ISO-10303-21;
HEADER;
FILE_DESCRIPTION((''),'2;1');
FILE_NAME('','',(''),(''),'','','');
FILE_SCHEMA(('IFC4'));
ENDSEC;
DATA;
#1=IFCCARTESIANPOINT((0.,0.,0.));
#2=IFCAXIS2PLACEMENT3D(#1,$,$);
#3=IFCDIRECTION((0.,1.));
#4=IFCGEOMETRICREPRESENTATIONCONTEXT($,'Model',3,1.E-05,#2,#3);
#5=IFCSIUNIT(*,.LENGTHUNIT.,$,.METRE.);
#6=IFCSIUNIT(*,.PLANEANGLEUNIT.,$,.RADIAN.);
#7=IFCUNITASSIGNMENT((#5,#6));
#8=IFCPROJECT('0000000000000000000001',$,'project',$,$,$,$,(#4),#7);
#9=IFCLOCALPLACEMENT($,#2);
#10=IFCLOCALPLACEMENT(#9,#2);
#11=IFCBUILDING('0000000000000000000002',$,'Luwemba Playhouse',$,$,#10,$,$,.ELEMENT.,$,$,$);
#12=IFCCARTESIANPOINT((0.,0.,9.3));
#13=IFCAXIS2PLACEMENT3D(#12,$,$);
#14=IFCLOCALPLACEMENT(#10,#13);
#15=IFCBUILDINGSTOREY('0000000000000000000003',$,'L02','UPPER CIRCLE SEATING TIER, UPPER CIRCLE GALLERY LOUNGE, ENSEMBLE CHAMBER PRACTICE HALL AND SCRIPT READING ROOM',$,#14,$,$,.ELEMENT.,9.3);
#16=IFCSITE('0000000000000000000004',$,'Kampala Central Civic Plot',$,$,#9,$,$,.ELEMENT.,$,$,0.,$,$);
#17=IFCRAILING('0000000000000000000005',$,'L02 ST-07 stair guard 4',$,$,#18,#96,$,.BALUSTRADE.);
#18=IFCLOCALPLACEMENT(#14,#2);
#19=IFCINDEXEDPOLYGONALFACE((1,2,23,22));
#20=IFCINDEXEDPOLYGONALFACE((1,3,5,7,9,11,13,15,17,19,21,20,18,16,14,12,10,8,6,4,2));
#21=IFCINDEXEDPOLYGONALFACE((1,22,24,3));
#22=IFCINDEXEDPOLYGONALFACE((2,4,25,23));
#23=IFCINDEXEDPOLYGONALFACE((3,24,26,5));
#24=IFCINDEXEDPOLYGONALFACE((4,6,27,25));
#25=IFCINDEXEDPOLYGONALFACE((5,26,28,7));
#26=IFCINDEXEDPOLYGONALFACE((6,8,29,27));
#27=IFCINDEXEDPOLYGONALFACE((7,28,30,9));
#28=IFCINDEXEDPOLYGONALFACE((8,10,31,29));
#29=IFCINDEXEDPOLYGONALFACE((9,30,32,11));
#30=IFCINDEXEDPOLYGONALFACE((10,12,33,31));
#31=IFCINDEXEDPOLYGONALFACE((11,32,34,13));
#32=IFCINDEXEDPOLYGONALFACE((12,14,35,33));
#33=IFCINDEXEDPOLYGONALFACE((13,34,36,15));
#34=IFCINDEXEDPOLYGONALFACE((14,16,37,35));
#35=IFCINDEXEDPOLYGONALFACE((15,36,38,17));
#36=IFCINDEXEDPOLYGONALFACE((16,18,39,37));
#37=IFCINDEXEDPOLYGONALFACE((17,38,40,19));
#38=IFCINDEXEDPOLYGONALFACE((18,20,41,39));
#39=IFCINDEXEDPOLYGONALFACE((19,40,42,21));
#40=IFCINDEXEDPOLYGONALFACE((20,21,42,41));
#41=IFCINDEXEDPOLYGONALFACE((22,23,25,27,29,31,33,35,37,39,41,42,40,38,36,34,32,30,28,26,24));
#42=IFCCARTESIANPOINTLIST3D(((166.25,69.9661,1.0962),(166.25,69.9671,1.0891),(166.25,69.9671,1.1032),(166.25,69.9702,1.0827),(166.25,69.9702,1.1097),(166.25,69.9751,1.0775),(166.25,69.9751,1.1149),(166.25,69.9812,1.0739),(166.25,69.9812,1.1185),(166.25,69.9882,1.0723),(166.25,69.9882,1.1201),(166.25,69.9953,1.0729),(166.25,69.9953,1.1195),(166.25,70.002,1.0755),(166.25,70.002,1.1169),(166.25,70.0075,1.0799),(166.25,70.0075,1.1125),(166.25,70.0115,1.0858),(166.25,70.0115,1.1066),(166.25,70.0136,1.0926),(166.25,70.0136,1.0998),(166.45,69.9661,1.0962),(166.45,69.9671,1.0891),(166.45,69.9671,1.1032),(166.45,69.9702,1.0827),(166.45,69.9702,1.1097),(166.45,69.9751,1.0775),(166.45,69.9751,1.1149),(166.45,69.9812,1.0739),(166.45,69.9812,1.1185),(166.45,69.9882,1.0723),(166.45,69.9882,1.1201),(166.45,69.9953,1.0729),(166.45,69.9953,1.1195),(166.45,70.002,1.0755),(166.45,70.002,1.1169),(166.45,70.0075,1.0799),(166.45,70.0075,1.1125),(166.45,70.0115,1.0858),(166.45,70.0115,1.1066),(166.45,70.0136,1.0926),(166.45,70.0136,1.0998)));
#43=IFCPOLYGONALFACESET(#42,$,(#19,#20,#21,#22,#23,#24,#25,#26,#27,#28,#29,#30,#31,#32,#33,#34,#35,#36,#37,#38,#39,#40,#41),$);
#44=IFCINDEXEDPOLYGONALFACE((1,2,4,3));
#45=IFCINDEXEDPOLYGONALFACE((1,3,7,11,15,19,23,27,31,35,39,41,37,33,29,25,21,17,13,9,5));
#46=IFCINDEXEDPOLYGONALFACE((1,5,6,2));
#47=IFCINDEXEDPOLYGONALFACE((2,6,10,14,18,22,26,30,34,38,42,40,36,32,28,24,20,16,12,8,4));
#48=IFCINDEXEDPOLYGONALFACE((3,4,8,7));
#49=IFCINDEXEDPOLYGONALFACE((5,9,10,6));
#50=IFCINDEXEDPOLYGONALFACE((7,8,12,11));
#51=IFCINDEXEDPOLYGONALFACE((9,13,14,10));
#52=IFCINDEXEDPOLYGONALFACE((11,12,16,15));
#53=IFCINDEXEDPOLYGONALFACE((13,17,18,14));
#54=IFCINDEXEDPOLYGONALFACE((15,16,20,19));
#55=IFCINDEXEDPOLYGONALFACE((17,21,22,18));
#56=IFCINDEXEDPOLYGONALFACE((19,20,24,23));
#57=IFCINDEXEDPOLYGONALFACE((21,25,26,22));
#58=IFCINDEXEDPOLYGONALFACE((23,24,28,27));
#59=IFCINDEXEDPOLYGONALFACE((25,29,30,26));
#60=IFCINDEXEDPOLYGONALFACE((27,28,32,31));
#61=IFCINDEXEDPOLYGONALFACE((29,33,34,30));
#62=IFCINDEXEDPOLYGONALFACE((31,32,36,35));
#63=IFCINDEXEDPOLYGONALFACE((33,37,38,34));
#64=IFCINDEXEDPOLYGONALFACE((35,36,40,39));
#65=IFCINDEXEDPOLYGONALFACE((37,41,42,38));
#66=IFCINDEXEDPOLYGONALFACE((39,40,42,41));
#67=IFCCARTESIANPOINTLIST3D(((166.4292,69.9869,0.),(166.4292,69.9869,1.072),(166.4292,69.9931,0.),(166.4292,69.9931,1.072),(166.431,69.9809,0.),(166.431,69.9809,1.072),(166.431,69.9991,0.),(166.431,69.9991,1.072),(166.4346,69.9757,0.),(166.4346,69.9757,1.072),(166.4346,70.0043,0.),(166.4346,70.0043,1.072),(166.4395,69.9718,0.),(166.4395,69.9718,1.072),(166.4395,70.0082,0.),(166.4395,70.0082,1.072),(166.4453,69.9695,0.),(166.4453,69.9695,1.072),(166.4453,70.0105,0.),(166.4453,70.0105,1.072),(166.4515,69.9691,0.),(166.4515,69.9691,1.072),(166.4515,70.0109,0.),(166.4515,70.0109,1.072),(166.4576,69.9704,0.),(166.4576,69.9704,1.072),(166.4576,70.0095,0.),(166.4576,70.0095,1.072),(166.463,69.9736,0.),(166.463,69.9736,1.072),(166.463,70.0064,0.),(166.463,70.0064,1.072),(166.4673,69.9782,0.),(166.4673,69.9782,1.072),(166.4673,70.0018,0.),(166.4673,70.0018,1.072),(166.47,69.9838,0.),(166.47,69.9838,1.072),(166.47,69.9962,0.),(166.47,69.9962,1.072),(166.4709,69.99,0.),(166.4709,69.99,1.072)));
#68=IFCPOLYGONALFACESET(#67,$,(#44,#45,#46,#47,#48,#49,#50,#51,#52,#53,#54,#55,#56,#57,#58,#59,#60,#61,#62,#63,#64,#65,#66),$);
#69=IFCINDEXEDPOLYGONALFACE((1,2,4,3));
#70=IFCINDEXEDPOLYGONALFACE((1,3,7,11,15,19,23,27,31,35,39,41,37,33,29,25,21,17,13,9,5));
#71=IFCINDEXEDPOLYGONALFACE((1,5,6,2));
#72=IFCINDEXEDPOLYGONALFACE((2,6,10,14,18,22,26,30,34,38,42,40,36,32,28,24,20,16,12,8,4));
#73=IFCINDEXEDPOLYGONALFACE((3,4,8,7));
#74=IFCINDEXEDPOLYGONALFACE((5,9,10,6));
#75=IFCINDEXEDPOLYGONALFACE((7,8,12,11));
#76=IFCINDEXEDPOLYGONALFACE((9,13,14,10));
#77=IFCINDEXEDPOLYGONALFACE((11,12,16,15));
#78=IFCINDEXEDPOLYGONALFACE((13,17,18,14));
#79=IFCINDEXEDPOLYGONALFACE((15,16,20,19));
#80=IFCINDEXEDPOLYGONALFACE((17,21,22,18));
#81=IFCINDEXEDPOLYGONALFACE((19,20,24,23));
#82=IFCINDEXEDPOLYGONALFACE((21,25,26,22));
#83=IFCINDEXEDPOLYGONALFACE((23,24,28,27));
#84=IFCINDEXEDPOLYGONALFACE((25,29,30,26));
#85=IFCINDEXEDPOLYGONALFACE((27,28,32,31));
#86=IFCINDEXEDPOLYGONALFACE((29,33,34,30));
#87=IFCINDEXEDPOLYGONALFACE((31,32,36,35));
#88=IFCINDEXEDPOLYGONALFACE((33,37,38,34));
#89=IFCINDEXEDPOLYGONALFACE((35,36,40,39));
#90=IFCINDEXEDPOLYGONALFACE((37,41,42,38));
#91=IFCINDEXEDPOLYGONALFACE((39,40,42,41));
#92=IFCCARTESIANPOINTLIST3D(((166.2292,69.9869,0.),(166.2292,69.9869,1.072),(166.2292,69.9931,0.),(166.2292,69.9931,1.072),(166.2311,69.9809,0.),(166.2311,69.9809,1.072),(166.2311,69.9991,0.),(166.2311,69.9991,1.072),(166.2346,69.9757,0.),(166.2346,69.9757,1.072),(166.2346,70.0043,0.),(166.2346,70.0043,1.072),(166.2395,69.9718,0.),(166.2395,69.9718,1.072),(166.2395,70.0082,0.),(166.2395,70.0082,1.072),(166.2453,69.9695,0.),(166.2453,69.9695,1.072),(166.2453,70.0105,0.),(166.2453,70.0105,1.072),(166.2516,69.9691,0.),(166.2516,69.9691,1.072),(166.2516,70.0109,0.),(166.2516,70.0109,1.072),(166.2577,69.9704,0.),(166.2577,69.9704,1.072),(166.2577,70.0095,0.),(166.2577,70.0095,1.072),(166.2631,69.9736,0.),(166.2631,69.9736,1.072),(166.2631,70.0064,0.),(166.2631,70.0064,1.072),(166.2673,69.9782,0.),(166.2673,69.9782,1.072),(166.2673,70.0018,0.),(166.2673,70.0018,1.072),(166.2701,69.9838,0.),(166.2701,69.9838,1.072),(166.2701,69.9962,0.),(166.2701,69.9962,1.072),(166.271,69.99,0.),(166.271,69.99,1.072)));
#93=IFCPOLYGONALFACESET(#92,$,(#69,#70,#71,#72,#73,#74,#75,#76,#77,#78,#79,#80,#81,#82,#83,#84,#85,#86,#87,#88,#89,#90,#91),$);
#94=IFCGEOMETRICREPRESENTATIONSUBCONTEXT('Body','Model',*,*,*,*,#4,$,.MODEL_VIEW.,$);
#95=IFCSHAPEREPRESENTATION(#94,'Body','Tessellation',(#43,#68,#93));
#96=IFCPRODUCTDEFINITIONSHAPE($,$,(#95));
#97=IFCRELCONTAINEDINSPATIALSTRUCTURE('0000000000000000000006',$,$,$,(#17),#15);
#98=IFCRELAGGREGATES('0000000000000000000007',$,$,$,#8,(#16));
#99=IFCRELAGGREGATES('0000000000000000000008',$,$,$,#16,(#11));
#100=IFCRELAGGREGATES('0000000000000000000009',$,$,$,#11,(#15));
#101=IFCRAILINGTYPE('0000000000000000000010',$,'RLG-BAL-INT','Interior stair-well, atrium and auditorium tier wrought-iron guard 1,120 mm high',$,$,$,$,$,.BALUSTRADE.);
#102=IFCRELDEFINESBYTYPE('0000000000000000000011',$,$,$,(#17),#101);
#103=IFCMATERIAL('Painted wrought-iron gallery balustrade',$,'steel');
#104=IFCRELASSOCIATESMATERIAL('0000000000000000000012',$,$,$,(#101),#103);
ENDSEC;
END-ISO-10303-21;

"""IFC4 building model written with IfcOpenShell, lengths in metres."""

from ifc_helpers import new_model, si_unit, direction, frame, origin, origin_2d, place, context, subcontext, project, spatial, circle, extrude, material, type_object, element, save


model = new_model("IFC4")

# Units and contexts
model_context = context("Model", 3, precision=1e-05, world=origin(), true_north=direction((0.0, 1.0)))
body_context = subcontext(model_context, "Body", "Model", "MODEL_VIEW")
ifc_project = project(units=[si_unit("LENGTHUNIT", "METRE"), si_unit("PLANEANGLEUNIT", "RADIAN")], contexts=[model_context])

# Site, building, storey
site_placement = place(None, origin())
site = spatial("IfcSite", under=ifc_project, at=site_placement, Name="Kampala Central Civic Plot", CompositionType="ELEMENT", RefElevation=0.0)
building_placement = place(site_placement, origin())
building = spatial("IfcBuilding", under=site, at=building_placement, Name="Luwemba Playhouse", CompositionType="ELEMENT")
storey_placement = place(building_placement, frame((0.0, 0.0, 9.3)))
storey = spatial("IfcBuildingStorey", under=building, at=storey_placement, Name="L02", Description="UPPER CIRCLE SEATING TIER, UPPER CIRCLE GALLERY LOUNGE, ENSEMBLE CHAMBER PRACTICE HALL AND SCRIPT READING ROOM", CompositionType="ELEMENT", Elevation=9.3)

# Railing
ifc_material_1 = material(Name="Painted wrought-iron gallery balustrade", Category="steel")
railing_type_1 = type_object("IfcRailingType", Name="RLG-BAL-INT", Description="Interior stair-well, atrium and auditorium tier wrought-iron guard 1,120 mm high", PredefinedType="BALUSTRADE", material=ifc_material_1)
railing_1_placement = place(storey_placement, frame((166.45, 69.99, 0.0)))
element("IfcRailing", 1, at=railing_1_placement, inside=storey, type_object=railing_type_1, Name="L02 ST-07 stair guard 4", PredefinedType="BALUSTRADE", context=body_context, shape_type="SweptSolid", body=[
    extrude(circle(Radius=0.0239, at=origin_2d()), frame((0.0, 0.0, 1.0962), z_axis=(-1.0, 0.0, 0.0), x_axis=(0.0, -1.0, 0.0)), (0.0, 0.0, 1.0), 0.2),
    extrude(circle(Radius=0.021, at=origin_2d()), origin(), (0.0, 0.0, 1.0), 1.072),
    extrude(circle(Radius=0.021, at=origin_2d()), frame((-0.2, 0.0, 0.0)), (0.0, 0.0, 1.0), 1.072),
])

save(model, "model.ifc")
